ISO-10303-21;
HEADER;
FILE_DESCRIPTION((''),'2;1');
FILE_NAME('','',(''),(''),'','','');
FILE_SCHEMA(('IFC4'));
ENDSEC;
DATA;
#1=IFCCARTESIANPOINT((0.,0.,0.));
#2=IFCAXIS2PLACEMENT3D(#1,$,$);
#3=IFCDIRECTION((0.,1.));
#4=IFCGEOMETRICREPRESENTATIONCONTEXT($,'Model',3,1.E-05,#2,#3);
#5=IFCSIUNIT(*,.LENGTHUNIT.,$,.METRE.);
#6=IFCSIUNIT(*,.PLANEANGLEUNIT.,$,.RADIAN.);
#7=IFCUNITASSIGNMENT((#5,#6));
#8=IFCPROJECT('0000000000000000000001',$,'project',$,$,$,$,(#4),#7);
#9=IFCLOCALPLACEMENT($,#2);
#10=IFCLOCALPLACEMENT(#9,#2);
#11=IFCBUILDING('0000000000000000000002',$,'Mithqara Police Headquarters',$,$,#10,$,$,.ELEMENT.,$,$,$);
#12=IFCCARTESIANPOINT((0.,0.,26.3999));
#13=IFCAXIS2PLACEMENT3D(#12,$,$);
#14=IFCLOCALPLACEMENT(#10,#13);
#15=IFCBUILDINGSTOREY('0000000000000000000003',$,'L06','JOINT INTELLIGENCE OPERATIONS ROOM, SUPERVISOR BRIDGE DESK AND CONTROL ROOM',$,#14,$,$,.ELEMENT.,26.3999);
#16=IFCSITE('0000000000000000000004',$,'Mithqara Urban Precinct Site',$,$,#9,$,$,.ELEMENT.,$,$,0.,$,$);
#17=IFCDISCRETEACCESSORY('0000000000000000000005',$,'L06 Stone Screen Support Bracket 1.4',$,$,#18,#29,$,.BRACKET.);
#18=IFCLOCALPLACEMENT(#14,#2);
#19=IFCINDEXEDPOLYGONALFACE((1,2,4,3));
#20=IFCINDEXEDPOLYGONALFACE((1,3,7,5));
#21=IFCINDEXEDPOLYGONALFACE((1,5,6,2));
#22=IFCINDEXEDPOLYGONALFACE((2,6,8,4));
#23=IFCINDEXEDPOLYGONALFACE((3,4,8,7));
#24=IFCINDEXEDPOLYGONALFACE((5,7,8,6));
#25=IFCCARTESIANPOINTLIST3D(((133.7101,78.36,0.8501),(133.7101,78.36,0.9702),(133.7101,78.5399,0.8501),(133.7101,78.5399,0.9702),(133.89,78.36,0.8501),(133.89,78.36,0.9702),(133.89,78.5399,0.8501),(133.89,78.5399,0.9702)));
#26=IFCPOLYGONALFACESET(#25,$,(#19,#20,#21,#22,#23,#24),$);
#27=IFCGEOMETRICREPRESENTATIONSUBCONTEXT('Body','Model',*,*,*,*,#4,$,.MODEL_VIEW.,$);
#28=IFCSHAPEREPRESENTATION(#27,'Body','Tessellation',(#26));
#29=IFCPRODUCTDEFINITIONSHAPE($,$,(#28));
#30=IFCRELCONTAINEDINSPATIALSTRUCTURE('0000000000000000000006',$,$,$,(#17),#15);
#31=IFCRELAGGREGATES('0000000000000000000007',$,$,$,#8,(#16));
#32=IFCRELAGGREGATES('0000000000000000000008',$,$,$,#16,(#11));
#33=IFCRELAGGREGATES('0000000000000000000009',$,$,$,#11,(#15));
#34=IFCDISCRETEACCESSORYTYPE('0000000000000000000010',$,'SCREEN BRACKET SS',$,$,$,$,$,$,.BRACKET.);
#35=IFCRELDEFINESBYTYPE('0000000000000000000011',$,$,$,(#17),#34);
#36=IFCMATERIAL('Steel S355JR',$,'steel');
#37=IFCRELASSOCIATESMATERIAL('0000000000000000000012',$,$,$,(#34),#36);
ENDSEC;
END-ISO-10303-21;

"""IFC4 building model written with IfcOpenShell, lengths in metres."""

from ifc_helpers import new_model, si_unit, direction, frame, origin, origin_2d, place, context, subcontext, project, spatial, rectangle, extrude, material, type_object, element, save


model = new_model("IFC4")

# Units and contexts
model_context = context("Model", 3, precision=1e-05, world=origin(), true_north=direction((0.0, 1.0)))
body_context = subcontext(model_context, "Body", "Model", "MODEL_VIEW")
ifc_project = project(units=[si_unit("LENGTHUNIT", "METRE"), si_unit("PLANEANGLEUNIT", "RADIAN")], contexts=[model_context])

# Site, building, storey
site_placement = place(None, origin())
site = spatial("IfcSite", under=ifc_project, at=site_placement, Name="Mithqara Urban Precinct Site", CompositionType="ELEMENT", RefElevation=0.0)
building_placement = place(site_placement, origin())
building = spatial("IfcBuilding", under=site, at=building_placement, Name="Mithqara Police Headquarters", CompositionType="ELEMENT")
storey_placement = place(building_placement, frame((0.0, 0.0, 26.3999)))
storey = spatial("IfcBuildingStorey", under=building, at=storey_placement, Name="L06", Description="JOINT INTELLIGENCE OPERATIONS ROOM, SUPERVISOR BRIDGE DESK AND CONTROL ROOM", CompositionType="ELEMENT", Elevation=26.3999)

# Shared definitions
ifc_material_1 = material(Name="Steel S355JR", Category="steel")

# Discrete accessory
discrete_accessory_type = type_object("IfcDiscreteAccessoryType", Name="SCREEN BRACKET SS", PredefinedType="BRACKET", material=ifc_material_1)
for number, where, z_axis, x_axis, name in (
    (1, (133.8, 78.45, 0.8501), (0.0, 0.0, 1.0), (1.0, 0.0, 0.0), "L06 Stone Screen Support Bracket 1.4"),
):
    element("IfcDiscreteAccessory", number, at=place(storey_placement, frame(where, z_axis=z_axis, x_axis=x_axis)), inside=storey, type_object=discrete_accessory_type, Name=name, PredefinedType="BRACKET", context=body_context, shape_type="SweptSolid", body=[
        extrude(rectangle(XDim=0.1799, YDim=0.1799, at=origin_2d()), origin(), (0.0, 0.0, 1.0), 0.1201),
    ])

save(model, "model.ifc")
